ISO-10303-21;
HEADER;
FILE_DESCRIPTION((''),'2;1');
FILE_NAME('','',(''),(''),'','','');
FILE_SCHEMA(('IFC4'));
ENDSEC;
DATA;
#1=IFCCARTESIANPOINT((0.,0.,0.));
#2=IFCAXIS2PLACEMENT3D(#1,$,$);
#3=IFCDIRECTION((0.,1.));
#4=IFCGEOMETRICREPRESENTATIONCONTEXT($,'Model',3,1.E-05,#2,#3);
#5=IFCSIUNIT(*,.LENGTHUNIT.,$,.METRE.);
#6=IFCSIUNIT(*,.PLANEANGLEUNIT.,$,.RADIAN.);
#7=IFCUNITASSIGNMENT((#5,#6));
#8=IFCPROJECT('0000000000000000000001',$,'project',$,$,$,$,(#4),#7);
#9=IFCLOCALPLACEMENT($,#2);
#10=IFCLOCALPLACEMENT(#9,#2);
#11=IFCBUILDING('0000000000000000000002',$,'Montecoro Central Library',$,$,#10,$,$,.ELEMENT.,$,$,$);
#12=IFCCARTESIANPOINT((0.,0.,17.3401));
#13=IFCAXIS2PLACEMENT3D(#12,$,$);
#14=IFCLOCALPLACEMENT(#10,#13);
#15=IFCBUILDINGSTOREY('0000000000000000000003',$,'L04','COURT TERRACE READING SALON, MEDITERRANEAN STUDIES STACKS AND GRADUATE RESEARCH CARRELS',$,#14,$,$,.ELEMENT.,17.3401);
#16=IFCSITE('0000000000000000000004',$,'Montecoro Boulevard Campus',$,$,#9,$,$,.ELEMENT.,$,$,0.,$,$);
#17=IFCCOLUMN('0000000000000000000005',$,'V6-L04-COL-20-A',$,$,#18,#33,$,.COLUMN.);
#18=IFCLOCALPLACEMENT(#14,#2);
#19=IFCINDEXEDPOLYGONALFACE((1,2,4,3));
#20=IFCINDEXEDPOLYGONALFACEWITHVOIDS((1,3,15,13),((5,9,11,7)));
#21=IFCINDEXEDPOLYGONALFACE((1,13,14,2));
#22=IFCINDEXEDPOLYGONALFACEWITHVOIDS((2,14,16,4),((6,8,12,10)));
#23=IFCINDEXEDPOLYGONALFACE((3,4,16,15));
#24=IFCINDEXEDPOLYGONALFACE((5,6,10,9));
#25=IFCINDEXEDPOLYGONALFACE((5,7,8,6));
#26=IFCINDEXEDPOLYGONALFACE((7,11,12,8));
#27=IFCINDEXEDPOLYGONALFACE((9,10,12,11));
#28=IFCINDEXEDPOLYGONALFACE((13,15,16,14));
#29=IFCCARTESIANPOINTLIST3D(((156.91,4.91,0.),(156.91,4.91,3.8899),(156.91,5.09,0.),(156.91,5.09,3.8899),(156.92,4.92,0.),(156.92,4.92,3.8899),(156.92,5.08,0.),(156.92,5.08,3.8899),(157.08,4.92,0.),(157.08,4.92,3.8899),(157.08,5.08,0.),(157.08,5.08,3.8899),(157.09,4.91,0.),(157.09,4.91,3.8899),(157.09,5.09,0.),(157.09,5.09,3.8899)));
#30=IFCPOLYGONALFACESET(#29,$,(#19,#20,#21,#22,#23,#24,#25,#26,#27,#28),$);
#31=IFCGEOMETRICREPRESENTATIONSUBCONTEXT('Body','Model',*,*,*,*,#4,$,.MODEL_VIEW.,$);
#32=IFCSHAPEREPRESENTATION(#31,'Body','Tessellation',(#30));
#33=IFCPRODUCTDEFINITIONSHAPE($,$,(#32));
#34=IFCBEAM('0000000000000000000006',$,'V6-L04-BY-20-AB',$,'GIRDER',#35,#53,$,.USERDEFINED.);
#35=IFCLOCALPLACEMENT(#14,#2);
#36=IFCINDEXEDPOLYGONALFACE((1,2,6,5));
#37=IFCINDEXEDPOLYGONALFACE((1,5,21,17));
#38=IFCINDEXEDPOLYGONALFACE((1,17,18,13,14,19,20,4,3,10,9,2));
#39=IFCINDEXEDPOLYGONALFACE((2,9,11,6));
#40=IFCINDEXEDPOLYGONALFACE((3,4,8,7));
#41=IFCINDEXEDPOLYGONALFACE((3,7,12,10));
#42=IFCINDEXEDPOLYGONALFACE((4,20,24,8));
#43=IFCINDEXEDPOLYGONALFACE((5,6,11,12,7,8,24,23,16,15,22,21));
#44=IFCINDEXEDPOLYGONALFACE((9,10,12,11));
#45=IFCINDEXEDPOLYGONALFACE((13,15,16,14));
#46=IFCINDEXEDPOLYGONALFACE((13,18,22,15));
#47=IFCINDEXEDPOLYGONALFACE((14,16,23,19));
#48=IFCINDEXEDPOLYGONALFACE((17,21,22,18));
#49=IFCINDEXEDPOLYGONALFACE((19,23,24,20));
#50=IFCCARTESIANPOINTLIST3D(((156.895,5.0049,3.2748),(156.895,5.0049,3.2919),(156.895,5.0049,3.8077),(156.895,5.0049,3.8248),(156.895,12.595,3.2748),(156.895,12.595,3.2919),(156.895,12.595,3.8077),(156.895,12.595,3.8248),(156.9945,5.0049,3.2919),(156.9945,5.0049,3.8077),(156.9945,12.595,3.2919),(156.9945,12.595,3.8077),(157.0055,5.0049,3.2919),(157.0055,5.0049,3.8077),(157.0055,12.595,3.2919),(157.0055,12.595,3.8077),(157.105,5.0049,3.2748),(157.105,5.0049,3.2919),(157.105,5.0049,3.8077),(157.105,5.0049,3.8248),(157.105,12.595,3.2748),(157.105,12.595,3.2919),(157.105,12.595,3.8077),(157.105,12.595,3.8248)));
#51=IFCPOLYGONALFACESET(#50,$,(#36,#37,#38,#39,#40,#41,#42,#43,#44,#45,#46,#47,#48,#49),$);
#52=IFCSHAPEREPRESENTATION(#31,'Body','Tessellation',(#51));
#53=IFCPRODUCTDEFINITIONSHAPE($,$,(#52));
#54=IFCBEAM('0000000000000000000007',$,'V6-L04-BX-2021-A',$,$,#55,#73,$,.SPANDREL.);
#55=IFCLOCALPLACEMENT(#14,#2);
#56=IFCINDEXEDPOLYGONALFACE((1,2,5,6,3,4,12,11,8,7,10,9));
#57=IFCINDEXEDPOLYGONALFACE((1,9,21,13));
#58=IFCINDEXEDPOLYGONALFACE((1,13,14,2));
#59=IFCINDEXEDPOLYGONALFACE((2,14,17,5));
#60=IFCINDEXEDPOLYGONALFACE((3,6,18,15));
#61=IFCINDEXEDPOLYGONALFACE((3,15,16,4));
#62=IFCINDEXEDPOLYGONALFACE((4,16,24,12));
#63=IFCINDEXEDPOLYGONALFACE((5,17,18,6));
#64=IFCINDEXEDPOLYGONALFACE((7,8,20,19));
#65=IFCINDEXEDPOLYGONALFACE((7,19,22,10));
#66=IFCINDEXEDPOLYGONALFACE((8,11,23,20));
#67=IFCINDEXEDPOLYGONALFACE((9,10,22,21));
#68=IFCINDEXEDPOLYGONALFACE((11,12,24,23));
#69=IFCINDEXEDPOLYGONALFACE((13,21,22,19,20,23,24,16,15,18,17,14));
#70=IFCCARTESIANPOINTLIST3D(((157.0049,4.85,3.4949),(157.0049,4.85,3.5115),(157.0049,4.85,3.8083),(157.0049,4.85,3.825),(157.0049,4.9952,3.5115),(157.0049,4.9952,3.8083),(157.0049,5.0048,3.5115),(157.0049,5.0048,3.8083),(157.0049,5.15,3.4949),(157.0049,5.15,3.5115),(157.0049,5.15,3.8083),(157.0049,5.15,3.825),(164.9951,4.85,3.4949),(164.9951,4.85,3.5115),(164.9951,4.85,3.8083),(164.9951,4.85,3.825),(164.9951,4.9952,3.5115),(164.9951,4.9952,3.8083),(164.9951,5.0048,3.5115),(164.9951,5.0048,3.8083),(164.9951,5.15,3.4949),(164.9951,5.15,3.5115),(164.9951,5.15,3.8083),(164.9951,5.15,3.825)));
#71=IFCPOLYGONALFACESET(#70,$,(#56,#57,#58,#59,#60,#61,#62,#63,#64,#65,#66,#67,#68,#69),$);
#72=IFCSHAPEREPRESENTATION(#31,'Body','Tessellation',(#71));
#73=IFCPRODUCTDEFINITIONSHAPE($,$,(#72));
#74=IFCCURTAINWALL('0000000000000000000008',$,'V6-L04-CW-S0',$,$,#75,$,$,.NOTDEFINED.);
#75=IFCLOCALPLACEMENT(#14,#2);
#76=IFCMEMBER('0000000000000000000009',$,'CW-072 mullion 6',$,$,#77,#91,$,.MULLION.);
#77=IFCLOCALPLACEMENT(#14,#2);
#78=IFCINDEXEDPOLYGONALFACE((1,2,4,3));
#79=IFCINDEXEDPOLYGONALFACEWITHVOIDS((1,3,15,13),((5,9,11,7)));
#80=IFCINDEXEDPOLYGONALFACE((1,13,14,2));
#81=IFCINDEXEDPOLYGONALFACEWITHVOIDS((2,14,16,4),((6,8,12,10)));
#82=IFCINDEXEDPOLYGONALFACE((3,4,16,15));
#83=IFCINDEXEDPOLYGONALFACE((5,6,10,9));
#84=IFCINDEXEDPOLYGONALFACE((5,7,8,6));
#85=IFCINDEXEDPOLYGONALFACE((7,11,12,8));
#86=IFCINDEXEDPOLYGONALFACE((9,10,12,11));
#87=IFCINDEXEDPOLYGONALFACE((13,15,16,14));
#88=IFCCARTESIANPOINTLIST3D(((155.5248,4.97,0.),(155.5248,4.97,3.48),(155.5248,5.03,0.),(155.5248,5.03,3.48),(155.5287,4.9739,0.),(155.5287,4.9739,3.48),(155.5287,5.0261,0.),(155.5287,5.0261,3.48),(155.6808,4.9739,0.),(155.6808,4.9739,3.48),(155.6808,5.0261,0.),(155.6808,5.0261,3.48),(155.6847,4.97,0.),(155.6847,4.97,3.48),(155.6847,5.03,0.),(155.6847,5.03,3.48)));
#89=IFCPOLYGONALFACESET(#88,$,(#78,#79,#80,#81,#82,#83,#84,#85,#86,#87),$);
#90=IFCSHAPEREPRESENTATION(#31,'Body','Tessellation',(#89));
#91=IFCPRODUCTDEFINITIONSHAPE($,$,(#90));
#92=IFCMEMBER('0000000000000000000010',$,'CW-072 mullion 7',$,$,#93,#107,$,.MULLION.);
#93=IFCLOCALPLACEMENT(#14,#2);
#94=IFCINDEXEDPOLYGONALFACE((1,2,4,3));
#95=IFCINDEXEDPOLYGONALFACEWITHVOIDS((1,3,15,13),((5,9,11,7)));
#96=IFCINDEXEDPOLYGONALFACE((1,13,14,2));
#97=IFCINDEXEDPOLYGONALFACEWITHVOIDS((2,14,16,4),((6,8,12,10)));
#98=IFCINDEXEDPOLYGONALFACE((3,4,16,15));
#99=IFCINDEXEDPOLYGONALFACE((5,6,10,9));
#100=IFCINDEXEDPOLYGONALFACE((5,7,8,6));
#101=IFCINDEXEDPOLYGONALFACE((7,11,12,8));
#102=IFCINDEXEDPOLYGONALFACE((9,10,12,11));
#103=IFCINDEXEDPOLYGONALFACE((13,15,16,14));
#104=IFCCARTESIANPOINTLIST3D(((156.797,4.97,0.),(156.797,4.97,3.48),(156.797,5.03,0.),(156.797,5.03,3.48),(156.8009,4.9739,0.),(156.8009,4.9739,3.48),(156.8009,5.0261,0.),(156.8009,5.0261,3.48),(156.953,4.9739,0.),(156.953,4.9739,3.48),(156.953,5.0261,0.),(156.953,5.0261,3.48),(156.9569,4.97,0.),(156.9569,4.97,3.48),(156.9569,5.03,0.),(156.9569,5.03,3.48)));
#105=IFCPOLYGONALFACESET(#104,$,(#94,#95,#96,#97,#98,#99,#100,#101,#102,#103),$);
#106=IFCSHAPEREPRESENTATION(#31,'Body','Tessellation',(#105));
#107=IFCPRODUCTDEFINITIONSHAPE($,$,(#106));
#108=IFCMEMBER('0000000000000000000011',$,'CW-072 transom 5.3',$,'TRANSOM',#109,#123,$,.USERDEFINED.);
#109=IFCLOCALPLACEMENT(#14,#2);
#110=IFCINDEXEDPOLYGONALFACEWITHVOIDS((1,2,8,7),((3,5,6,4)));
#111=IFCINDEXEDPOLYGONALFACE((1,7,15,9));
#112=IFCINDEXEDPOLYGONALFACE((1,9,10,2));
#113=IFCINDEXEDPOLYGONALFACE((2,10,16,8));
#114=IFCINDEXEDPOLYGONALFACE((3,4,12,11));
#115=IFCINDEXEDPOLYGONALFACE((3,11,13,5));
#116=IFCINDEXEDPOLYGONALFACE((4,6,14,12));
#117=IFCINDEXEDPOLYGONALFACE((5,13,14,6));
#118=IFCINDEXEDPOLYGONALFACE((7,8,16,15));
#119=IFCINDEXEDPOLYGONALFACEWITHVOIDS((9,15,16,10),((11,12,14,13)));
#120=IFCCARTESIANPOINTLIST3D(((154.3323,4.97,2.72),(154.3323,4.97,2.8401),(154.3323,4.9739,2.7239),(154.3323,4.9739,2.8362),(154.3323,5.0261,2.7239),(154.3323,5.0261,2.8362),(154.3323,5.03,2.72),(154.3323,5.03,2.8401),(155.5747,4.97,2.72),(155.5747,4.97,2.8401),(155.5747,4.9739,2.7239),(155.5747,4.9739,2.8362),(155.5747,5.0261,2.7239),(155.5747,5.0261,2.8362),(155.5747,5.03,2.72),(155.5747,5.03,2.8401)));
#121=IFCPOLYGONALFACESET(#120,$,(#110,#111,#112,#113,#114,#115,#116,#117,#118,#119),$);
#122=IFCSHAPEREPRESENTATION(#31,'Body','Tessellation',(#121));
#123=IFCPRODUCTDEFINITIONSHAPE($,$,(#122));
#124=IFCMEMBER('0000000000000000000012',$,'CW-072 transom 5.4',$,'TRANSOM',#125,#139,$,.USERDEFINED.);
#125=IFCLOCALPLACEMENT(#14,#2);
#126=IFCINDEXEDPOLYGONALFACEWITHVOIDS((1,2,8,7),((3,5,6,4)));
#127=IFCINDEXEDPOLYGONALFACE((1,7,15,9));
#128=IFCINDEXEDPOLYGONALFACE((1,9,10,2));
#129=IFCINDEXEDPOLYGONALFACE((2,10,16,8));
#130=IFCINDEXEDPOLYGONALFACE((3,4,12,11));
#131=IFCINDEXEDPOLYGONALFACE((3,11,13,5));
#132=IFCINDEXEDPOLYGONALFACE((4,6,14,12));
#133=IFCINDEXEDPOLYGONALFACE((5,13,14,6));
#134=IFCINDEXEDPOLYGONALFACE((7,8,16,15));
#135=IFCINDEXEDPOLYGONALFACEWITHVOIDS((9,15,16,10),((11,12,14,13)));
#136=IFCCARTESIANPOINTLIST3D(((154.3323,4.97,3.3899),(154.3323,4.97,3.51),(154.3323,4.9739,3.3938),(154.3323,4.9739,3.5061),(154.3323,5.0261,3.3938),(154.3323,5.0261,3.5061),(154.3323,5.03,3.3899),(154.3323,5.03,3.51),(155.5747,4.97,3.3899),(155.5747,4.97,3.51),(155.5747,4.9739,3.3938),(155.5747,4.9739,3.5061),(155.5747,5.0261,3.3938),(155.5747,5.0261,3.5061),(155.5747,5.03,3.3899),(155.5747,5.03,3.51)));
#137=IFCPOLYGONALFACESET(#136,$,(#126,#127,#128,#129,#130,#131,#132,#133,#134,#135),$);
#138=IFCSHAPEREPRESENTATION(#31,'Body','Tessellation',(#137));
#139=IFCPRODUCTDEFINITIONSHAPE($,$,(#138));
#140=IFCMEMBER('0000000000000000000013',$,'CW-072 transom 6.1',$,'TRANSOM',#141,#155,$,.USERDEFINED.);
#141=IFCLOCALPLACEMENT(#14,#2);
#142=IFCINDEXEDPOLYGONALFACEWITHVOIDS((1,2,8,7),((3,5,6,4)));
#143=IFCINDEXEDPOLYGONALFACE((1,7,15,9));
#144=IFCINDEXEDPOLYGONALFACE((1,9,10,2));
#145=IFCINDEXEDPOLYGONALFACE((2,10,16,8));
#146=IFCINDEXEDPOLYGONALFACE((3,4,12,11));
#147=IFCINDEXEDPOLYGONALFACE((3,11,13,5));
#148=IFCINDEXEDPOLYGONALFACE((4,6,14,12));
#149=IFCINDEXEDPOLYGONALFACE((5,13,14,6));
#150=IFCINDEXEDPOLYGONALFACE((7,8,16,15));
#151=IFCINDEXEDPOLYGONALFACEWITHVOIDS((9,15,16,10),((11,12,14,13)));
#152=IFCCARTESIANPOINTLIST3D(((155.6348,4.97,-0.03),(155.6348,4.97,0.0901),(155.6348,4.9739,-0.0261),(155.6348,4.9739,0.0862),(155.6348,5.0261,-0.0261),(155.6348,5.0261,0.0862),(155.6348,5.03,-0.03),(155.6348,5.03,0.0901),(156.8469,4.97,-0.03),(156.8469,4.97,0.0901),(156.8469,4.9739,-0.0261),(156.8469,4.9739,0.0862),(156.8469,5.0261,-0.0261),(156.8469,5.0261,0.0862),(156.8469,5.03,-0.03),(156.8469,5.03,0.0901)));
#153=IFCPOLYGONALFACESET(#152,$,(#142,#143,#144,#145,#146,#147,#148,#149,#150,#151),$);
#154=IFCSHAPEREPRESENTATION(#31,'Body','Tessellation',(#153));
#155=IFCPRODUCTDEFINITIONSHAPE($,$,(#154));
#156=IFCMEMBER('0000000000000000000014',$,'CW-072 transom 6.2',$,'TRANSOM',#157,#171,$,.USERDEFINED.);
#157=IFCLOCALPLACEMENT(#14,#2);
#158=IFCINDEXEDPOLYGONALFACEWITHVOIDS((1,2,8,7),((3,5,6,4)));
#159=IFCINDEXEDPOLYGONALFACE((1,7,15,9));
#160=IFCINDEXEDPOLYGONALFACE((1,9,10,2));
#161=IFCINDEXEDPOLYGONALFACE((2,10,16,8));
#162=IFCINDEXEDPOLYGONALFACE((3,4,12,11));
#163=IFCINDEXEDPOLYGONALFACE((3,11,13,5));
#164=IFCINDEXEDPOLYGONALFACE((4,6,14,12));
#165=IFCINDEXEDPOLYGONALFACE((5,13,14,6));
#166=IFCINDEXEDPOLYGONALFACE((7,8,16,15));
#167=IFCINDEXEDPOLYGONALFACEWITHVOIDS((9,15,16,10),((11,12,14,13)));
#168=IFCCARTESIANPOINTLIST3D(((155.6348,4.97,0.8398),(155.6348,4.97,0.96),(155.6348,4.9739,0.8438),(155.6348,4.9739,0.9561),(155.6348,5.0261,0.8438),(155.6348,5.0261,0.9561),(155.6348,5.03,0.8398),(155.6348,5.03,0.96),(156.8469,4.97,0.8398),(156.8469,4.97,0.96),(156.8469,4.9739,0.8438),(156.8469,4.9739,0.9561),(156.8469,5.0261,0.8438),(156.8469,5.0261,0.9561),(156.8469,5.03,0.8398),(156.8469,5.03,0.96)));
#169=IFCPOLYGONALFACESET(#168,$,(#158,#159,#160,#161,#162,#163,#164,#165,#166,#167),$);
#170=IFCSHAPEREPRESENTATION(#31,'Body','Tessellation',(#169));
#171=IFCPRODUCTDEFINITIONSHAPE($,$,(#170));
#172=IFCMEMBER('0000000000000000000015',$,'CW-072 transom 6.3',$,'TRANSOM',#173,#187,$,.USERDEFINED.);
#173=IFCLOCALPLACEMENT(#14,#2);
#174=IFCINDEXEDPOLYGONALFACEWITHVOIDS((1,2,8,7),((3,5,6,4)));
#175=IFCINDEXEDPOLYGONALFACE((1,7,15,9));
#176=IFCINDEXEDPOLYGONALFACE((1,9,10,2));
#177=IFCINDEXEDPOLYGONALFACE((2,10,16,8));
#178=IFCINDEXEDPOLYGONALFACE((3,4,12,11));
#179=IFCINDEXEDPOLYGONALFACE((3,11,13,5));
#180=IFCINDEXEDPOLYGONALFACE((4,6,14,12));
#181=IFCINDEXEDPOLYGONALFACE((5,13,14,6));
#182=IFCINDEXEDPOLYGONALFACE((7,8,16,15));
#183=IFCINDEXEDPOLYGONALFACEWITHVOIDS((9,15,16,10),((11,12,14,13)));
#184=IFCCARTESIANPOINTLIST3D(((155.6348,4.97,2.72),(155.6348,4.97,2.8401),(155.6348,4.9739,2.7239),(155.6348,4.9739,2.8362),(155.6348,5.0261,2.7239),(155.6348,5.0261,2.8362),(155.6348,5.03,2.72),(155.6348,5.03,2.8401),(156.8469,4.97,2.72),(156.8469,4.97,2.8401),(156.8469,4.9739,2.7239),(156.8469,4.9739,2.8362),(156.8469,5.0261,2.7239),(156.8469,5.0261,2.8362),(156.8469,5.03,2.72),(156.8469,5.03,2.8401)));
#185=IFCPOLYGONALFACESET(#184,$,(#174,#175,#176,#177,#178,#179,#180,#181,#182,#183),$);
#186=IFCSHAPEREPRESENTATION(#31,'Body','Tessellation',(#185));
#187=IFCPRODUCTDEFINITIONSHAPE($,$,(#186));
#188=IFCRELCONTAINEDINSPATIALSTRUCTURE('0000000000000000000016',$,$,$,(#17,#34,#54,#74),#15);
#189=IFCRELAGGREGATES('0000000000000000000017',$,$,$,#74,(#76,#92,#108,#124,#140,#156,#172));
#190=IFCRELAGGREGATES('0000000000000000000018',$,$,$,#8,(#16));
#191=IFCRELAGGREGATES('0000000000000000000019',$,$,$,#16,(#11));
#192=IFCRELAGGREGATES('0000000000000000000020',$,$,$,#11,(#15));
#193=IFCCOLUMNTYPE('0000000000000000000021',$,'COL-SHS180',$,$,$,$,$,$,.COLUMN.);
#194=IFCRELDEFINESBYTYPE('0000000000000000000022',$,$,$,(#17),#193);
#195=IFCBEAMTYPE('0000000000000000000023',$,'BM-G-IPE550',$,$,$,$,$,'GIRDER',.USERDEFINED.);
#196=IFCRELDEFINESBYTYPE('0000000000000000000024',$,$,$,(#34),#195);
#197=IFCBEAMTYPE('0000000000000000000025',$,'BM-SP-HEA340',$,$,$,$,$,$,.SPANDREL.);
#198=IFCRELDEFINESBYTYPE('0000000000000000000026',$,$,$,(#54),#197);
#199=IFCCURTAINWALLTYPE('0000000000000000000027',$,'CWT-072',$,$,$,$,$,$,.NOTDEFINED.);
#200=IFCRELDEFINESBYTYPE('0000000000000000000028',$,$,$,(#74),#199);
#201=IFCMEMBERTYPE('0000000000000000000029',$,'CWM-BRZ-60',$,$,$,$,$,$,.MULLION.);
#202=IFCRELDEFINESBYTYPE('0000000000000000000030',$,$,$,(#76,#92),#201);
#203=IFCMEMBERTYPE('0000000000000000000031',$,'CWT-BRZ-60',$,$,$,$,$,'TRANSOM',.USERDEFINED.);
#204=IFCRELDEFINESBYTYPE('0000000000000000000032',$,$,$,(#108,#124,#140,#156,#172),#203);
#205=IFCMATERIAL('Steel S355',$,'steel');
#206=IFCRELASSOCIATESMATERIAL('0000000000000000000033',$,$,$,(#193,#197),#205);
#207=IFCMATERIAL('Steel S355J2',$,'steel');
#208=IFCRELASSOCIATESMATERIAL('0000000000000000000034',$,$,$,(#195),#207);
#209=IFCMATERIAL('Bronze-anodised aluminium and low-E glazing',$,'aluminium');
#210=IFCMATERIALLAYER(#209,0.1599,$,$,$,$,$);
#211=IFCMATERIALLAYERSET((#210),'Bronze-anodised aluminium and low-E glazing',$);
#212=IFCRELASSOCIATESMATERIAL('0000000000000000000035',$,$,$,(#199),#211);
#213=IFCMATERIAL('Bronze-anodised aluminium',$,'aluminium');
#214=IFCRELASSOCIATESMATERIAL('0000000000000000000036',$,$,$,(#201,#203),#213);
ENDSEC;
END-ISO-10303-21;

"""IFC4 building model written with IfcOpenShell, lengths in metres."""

from ifc_helpers import new_model, si_unit, direction, frame, origin, origin_2d, place, context, subcontext, project, spatial, hollow_rectangle, i_section, extrude, material, layer, layer_set, material_profile, profile_set, type_object, element, aggregate, save


model = new_model("IFC4")

# Units and contexts
model_context = context("Model", 3, precision=1e-05, world=origin(), true_north=direction((0.0, 1.0)))
body_context = subcontext(model_context, "Body", "Model", "MODEL_VIEW")
ifc_project = project(units=[si_unit("LENGTHUNIT", "METRE"), si_unit("PLANEANGLEUNIT", "RADIAN")], contexts=[model_context])

# Site, building, storey
site_placement = place(None, origin())
site = spatial("IfcSite", under=ifc_project, at=site_placement, Name="Montecoro Boulevard Campus", CompositionType="ELEMENT", RefElevation=0.0)
building_placement = place(site_placement, origin())
building = spatial("IfcBuilding", under=site, at=building_placement, Name="Montecoro Central Library", CompositionType="ELEMENT")
storey_placement = place(building_placement, frame((0.0, 0.0, 17.3401)))
storey = spatial("IfcBuildingStorey", under=building, at=storey_placement, Name="L04", Description="COURT TERRACE READING SALON, MEDITERRANEAN STUDIES STACKS AND GRADUATE RESEARCH CARRELS", CompositionType="ELEMENT", Elevation=17.3401)

# Column
ifc_material_1 = material(Name="Steel S355", Category="steel")
ifc_material_profile_1 = material_profile(ifc_material_1, hollow_rectangle(XDim=0.1799, YDim=0.1799, WallThickness=0.01, at=origin_2d()), Name="SHS 180x180x10.0")
ifc_profile_set_1 = profile_set([ifc_material_profile_1], Name="Steel S355")
column_type = type_object("IfcColumnType", Name="COL-SHS180", PredefinedType="COLUMN", material=ifc_profile_set_1)
column_placement = place(storey_placement, frame((157.0, 5.0, 0.0), z_axis=(0.0, 0.0, 1.0), x_axis=(1.0, 0.0, 0.0)))
element("IfcColumn", 1, at=column_placement, inside=storey, type_object=column_type, Name="V6-L04-COL-20-A", PredefinedType="COLUMN", context=body_context, shape_type="SweptSolid", body=[
    extrude(hollow_rectangle(XDim=0.1799, YDim=0.1799, WallThickness=0.01, at=origin_2d()), origin(), (0.0, 0.0, 1.0), 3.8899),
])

# Beams
ifc_material_2 = material(Name="Steel S355J2", Category="steel")
ifc_material_profile_2 = material_profile(ifc_material_2, i_section(OverallWidth=0.21, OverallDepth=0.55, WebThickness=0.011, FlangeThickness=0.0171, at=origin_2d()), Name="IPE 550")
ifc_profile_set_2 = profile_set([ifc_material_profile_2], Name="Steel S355J2")
beam_type_1 = type_object("IfcBeamType", Name="BM-G-IPE550", ElementType="GIRDER", PredefinedType="USERDEFINED", material=ifc_profile_set_2)
beam_1_placement = place(storey_placement, frame((157.0, 5.0049, 3.5498), z_axis=(0.0, 1.0, 0.0), x_axis=(-1.0, 0.0, 0.0)))
element("IfcBeam", 2, at=beam_1_placement, inside=storey, type_object=beam_type_1, Name="V6-L04-BY-20-AB", ObjectType="GIRDER", PredefinedType="USERDEFINED", context=body_context, shape_type="SweptSolid", body=[
    extrude(i_section(OverallWidth=0.21, OverallDepth=0.55, WebThickness=0.011, FlangeThickness=0.0171, at=origin_2d()), origin(), (0.0, 0.0, 1.0), 7.5901),
])
ifc_material_profile_3 = material_profile(ifc_material_1, i_section(OverallWidth=0.3, OverallDepth=0.3301, WebThickness=0.0095, FlangeThickness=0.0166, at=origin_2d()), Name="HEA 340")
ifc_profile_set_3 = profile_set([ifc_material_profile_3], Name="Steel S355")
beam_type_2 = type_object("IfcBeamType", Name="BM-SP-HEA340", PredefinedType="SPANDREL", material=ifc_profile_set_3)
beam_2_placement = place(storey_placement, frame((157.0049, 5.0, 3.6599), z_axis=(1.0, 0.0, 0.0), x_axis=(0.0, 1.0, 0.0)))
element("IfcBeam", 3, at=beam_2_placement, inside=storey, type_object=beam_type_2, Name="V6-L04-BX-2021-A", PredefinedType="SPANDREL", context=body_context, shape_type="SweptSolid", body=[
    extrude(i_section(OverallWidth=0.3, OverallDepth=0.3301, WebThickness=0.0095, FlangeThickness=0.0166, at=origin_2d()), origin(), (0.0, 0.0, 1.0), 7.9902),
])

# Curtain wall, members
ifc_material_3 = material(Name="Bronze-anodised aluminium and low-E glazing", Category="aluminium")
ifc_layer_1 = layer(ifc_material_3, 0.1599)
ifc_layer_set_1 = layer_set([ifc_layer_1], Name="Bronze-anodised aluminium and low-E glazing")
curtain_wall_type = type_object("IfcCurtainWallType", Name="CWT-072", PredefinedType="NOTDEFINED", material=ifc_layer_set_1)
curtain_wall_placement = place(storey_placement, origin())
curtain_wall = element("IfcCurtainWall", 4, at=curtain_wall_placement, inside=storey, type_object=curtain_wall_type, Name="V6-L04-CW-S0", PredefinedType="NOTDEFINED")
ifc_material_4 = material(Name="Bronze-anodised aluminium", Category="aluminium")
ifc_material_profile_4 = material_profile(ifc_material_4, hollow_rectangle(XDim=0.0601, YDim=0.1599, WallThickness=0.0039, at=origin_2d()), Name="CWM 160x60x4.0")
ifc_profile_set_4 = profile_set([ifc_material_profile_4], Name="Bronze-anodised aluminium")
member_type_1 = type_object("IfcMemberType", Name="CWM-BRZ-60", PredefinedType="MULLION", material=ifc_profile_set_4)
member_1_placement = place(storey_placement, frame((155.6047, 5.0, 0.0), z_axis=(0.0, 0.0, 1.0), x_axis=(0.0, 1.0, 0.0)))
member_1 = element("IfcMember", 5, at=member_1_placement, type_object=member_type_1, Name="CW-072 mullion 6", PredefinedType="MULLION", context=body_context, shape_type="SweptSolid", body=[
    extrude(hollow_rectangle(XDim=0.0601, YDim=0.1599, WallThickness=0.0039, at=origin_2d()), origin(), (0.0, 0.0, 1.0), 3.48),
])
member_2_placement = place(storey_placement, frame((156.877, 5.0, 0.0), z_axis=(0.0, 0.0, 1.0), x_axis=(0.0, 1.0, 0.0)))
member_2 = element("IfcMember", 6, at=member_2_placement, type_object=member_type_1, Name="CW-072 mullion 7", PredefinedType="MULLION", context=body_context, shape_type="SweptSolid", body=[
    extrude(hollow_rectangle(XDim=0.0601, YDim=0.1599, WallThickness=0.0039, at=origin_2d()), origin(), (0.0, 0.0, 1.0), 3.48),
])
ifc_material_profile_5 = material_profile(ifc_material_4, hollow_rectangle(XDim=0.0601, YDim=0.1201, WallThickness=0.0039, at=origin_2d()), Name="CWT 120x60x4.0")
ifc_profile_set_5 = profile_set([ifc_material_profile_5], Name="Bronze-anodised aluminium")
member_type_2 = type_object("IfcMemberType", Name="CWT-BRZ-60", ElementType="TRANSOM", PredefinedType="USERDEFINED", material=ifc_profile_set_5)
member_3_placement = place(storey_placement, frame((154.3323, 5.0, 2.78), z_axis=(1.0, 0.0, 0.0), x_axis=(0.0, 1.0, 0.0)))
member_3 = element("IfcMember", 7, at=member_3_placement, type_object=member_type_2, Name="CW-072 transom 5.3", ObjectType="TRANSOM", PredefinedType="USERDEFINED", context=body_context, shape_type="SweptSolid", body=[
    extrude(hollow_rectangle(XDim=0.0601, YDim=0.1201, WallThickness=0.0039, at=origin_2d()), origin(), (0.0, 0.0, 1.0), 1.2424),
])
member_4_placement = place(storey_placement, frame((154.3323, 5.0, 3.45), z_axis=(1.0, 0.0, 0.0), x_axis=(0.0, 1.0, 0.0)))
member_4 = element("IfcMember", 8, at=member_4_placement, type_object=member_type_2, Name="CW-072 transom 5.4", ObjectType="TRANSOM", PredefinedType="USERDEFINED", context=body_context, shape_type="SweptSolid", body=[
    extrude(hollow_rectangle(XDim=0.0601, YDim=0.1201, WallThickness=0.0039, at=origin_2d()), origin(), (0.0, 0.0, 1.0), 1.2424),
])
member_5_placement = place(storey_placement, frame((155.6348, 5.0, 0.03), z_axis=(1.0, 0.0, 0.0), x_axis=(0.0, 1.0, 0.0)))
member_5 = element("IfcMember", 9, at=member_5_placement, type_object=member_type_2, Name="CW-072 transom 6.1", ObjectType="TRANSOM", PredefinedType="USERDEFINED", context=body_context, shape_type="SweptSolid", body=[
    extrude(hollow_rectangle(XDim=0.0601, YDim=0.1201, WallThickness=0.0039, at=origin_2d()), origin(), (0.0, 0.0, 1.0), 1.2122),
])
member_6_placement = place(storey_placement, frame((155.6348, 5.0, 0.8999), z_axis=(1.0, 0.0, 0.0), x_axis=(0.0, 1.0, 0.0)))
member_6 = element("IfcMember", 10, at=member_6_placement, type_object=member_type_2, Name="CW-072 transom 6.2", ObjectType="TRANSOM", PredefinedType="USERDEFINED", context=body_context, shape_type="SweptSolid", body=[
    extrude(hollow_rectangle(XDim=0.0601, YDim=0.1201, WallThickness=0.0039, at=origin_2d()), origin(), (0.0, 0.0, 1.0), 1.2122),
])
member_7_placement = place(storey_placement, frame((155.6348, 5.0, 2.78), z_axis=(1.0, 0.0, 0.0), x_axis=(0.0, 1.0, 0.0)))
member_7 = element("IfcMember", 11, at=member_7_placement, type_object=member_type_2, Name="CW-072 transom 6.3", ObjectType="TRANSOM", PredefinedType="USERDEFINED", context=body_context, shape_type="SweptSolid", body=[
    extrude(hollow_rectangle(XDim=0.0601, YDim=0.1201, WallThickness=0.0039, at=origin_2d()), origin(), (0.0, 0.0, 1.0), 1.2122),
])
aggregate(curtain_wall, [member_1, member_2, member_3, member_4, member_5, member_6, member_7])

save(model, "model.ifc")
